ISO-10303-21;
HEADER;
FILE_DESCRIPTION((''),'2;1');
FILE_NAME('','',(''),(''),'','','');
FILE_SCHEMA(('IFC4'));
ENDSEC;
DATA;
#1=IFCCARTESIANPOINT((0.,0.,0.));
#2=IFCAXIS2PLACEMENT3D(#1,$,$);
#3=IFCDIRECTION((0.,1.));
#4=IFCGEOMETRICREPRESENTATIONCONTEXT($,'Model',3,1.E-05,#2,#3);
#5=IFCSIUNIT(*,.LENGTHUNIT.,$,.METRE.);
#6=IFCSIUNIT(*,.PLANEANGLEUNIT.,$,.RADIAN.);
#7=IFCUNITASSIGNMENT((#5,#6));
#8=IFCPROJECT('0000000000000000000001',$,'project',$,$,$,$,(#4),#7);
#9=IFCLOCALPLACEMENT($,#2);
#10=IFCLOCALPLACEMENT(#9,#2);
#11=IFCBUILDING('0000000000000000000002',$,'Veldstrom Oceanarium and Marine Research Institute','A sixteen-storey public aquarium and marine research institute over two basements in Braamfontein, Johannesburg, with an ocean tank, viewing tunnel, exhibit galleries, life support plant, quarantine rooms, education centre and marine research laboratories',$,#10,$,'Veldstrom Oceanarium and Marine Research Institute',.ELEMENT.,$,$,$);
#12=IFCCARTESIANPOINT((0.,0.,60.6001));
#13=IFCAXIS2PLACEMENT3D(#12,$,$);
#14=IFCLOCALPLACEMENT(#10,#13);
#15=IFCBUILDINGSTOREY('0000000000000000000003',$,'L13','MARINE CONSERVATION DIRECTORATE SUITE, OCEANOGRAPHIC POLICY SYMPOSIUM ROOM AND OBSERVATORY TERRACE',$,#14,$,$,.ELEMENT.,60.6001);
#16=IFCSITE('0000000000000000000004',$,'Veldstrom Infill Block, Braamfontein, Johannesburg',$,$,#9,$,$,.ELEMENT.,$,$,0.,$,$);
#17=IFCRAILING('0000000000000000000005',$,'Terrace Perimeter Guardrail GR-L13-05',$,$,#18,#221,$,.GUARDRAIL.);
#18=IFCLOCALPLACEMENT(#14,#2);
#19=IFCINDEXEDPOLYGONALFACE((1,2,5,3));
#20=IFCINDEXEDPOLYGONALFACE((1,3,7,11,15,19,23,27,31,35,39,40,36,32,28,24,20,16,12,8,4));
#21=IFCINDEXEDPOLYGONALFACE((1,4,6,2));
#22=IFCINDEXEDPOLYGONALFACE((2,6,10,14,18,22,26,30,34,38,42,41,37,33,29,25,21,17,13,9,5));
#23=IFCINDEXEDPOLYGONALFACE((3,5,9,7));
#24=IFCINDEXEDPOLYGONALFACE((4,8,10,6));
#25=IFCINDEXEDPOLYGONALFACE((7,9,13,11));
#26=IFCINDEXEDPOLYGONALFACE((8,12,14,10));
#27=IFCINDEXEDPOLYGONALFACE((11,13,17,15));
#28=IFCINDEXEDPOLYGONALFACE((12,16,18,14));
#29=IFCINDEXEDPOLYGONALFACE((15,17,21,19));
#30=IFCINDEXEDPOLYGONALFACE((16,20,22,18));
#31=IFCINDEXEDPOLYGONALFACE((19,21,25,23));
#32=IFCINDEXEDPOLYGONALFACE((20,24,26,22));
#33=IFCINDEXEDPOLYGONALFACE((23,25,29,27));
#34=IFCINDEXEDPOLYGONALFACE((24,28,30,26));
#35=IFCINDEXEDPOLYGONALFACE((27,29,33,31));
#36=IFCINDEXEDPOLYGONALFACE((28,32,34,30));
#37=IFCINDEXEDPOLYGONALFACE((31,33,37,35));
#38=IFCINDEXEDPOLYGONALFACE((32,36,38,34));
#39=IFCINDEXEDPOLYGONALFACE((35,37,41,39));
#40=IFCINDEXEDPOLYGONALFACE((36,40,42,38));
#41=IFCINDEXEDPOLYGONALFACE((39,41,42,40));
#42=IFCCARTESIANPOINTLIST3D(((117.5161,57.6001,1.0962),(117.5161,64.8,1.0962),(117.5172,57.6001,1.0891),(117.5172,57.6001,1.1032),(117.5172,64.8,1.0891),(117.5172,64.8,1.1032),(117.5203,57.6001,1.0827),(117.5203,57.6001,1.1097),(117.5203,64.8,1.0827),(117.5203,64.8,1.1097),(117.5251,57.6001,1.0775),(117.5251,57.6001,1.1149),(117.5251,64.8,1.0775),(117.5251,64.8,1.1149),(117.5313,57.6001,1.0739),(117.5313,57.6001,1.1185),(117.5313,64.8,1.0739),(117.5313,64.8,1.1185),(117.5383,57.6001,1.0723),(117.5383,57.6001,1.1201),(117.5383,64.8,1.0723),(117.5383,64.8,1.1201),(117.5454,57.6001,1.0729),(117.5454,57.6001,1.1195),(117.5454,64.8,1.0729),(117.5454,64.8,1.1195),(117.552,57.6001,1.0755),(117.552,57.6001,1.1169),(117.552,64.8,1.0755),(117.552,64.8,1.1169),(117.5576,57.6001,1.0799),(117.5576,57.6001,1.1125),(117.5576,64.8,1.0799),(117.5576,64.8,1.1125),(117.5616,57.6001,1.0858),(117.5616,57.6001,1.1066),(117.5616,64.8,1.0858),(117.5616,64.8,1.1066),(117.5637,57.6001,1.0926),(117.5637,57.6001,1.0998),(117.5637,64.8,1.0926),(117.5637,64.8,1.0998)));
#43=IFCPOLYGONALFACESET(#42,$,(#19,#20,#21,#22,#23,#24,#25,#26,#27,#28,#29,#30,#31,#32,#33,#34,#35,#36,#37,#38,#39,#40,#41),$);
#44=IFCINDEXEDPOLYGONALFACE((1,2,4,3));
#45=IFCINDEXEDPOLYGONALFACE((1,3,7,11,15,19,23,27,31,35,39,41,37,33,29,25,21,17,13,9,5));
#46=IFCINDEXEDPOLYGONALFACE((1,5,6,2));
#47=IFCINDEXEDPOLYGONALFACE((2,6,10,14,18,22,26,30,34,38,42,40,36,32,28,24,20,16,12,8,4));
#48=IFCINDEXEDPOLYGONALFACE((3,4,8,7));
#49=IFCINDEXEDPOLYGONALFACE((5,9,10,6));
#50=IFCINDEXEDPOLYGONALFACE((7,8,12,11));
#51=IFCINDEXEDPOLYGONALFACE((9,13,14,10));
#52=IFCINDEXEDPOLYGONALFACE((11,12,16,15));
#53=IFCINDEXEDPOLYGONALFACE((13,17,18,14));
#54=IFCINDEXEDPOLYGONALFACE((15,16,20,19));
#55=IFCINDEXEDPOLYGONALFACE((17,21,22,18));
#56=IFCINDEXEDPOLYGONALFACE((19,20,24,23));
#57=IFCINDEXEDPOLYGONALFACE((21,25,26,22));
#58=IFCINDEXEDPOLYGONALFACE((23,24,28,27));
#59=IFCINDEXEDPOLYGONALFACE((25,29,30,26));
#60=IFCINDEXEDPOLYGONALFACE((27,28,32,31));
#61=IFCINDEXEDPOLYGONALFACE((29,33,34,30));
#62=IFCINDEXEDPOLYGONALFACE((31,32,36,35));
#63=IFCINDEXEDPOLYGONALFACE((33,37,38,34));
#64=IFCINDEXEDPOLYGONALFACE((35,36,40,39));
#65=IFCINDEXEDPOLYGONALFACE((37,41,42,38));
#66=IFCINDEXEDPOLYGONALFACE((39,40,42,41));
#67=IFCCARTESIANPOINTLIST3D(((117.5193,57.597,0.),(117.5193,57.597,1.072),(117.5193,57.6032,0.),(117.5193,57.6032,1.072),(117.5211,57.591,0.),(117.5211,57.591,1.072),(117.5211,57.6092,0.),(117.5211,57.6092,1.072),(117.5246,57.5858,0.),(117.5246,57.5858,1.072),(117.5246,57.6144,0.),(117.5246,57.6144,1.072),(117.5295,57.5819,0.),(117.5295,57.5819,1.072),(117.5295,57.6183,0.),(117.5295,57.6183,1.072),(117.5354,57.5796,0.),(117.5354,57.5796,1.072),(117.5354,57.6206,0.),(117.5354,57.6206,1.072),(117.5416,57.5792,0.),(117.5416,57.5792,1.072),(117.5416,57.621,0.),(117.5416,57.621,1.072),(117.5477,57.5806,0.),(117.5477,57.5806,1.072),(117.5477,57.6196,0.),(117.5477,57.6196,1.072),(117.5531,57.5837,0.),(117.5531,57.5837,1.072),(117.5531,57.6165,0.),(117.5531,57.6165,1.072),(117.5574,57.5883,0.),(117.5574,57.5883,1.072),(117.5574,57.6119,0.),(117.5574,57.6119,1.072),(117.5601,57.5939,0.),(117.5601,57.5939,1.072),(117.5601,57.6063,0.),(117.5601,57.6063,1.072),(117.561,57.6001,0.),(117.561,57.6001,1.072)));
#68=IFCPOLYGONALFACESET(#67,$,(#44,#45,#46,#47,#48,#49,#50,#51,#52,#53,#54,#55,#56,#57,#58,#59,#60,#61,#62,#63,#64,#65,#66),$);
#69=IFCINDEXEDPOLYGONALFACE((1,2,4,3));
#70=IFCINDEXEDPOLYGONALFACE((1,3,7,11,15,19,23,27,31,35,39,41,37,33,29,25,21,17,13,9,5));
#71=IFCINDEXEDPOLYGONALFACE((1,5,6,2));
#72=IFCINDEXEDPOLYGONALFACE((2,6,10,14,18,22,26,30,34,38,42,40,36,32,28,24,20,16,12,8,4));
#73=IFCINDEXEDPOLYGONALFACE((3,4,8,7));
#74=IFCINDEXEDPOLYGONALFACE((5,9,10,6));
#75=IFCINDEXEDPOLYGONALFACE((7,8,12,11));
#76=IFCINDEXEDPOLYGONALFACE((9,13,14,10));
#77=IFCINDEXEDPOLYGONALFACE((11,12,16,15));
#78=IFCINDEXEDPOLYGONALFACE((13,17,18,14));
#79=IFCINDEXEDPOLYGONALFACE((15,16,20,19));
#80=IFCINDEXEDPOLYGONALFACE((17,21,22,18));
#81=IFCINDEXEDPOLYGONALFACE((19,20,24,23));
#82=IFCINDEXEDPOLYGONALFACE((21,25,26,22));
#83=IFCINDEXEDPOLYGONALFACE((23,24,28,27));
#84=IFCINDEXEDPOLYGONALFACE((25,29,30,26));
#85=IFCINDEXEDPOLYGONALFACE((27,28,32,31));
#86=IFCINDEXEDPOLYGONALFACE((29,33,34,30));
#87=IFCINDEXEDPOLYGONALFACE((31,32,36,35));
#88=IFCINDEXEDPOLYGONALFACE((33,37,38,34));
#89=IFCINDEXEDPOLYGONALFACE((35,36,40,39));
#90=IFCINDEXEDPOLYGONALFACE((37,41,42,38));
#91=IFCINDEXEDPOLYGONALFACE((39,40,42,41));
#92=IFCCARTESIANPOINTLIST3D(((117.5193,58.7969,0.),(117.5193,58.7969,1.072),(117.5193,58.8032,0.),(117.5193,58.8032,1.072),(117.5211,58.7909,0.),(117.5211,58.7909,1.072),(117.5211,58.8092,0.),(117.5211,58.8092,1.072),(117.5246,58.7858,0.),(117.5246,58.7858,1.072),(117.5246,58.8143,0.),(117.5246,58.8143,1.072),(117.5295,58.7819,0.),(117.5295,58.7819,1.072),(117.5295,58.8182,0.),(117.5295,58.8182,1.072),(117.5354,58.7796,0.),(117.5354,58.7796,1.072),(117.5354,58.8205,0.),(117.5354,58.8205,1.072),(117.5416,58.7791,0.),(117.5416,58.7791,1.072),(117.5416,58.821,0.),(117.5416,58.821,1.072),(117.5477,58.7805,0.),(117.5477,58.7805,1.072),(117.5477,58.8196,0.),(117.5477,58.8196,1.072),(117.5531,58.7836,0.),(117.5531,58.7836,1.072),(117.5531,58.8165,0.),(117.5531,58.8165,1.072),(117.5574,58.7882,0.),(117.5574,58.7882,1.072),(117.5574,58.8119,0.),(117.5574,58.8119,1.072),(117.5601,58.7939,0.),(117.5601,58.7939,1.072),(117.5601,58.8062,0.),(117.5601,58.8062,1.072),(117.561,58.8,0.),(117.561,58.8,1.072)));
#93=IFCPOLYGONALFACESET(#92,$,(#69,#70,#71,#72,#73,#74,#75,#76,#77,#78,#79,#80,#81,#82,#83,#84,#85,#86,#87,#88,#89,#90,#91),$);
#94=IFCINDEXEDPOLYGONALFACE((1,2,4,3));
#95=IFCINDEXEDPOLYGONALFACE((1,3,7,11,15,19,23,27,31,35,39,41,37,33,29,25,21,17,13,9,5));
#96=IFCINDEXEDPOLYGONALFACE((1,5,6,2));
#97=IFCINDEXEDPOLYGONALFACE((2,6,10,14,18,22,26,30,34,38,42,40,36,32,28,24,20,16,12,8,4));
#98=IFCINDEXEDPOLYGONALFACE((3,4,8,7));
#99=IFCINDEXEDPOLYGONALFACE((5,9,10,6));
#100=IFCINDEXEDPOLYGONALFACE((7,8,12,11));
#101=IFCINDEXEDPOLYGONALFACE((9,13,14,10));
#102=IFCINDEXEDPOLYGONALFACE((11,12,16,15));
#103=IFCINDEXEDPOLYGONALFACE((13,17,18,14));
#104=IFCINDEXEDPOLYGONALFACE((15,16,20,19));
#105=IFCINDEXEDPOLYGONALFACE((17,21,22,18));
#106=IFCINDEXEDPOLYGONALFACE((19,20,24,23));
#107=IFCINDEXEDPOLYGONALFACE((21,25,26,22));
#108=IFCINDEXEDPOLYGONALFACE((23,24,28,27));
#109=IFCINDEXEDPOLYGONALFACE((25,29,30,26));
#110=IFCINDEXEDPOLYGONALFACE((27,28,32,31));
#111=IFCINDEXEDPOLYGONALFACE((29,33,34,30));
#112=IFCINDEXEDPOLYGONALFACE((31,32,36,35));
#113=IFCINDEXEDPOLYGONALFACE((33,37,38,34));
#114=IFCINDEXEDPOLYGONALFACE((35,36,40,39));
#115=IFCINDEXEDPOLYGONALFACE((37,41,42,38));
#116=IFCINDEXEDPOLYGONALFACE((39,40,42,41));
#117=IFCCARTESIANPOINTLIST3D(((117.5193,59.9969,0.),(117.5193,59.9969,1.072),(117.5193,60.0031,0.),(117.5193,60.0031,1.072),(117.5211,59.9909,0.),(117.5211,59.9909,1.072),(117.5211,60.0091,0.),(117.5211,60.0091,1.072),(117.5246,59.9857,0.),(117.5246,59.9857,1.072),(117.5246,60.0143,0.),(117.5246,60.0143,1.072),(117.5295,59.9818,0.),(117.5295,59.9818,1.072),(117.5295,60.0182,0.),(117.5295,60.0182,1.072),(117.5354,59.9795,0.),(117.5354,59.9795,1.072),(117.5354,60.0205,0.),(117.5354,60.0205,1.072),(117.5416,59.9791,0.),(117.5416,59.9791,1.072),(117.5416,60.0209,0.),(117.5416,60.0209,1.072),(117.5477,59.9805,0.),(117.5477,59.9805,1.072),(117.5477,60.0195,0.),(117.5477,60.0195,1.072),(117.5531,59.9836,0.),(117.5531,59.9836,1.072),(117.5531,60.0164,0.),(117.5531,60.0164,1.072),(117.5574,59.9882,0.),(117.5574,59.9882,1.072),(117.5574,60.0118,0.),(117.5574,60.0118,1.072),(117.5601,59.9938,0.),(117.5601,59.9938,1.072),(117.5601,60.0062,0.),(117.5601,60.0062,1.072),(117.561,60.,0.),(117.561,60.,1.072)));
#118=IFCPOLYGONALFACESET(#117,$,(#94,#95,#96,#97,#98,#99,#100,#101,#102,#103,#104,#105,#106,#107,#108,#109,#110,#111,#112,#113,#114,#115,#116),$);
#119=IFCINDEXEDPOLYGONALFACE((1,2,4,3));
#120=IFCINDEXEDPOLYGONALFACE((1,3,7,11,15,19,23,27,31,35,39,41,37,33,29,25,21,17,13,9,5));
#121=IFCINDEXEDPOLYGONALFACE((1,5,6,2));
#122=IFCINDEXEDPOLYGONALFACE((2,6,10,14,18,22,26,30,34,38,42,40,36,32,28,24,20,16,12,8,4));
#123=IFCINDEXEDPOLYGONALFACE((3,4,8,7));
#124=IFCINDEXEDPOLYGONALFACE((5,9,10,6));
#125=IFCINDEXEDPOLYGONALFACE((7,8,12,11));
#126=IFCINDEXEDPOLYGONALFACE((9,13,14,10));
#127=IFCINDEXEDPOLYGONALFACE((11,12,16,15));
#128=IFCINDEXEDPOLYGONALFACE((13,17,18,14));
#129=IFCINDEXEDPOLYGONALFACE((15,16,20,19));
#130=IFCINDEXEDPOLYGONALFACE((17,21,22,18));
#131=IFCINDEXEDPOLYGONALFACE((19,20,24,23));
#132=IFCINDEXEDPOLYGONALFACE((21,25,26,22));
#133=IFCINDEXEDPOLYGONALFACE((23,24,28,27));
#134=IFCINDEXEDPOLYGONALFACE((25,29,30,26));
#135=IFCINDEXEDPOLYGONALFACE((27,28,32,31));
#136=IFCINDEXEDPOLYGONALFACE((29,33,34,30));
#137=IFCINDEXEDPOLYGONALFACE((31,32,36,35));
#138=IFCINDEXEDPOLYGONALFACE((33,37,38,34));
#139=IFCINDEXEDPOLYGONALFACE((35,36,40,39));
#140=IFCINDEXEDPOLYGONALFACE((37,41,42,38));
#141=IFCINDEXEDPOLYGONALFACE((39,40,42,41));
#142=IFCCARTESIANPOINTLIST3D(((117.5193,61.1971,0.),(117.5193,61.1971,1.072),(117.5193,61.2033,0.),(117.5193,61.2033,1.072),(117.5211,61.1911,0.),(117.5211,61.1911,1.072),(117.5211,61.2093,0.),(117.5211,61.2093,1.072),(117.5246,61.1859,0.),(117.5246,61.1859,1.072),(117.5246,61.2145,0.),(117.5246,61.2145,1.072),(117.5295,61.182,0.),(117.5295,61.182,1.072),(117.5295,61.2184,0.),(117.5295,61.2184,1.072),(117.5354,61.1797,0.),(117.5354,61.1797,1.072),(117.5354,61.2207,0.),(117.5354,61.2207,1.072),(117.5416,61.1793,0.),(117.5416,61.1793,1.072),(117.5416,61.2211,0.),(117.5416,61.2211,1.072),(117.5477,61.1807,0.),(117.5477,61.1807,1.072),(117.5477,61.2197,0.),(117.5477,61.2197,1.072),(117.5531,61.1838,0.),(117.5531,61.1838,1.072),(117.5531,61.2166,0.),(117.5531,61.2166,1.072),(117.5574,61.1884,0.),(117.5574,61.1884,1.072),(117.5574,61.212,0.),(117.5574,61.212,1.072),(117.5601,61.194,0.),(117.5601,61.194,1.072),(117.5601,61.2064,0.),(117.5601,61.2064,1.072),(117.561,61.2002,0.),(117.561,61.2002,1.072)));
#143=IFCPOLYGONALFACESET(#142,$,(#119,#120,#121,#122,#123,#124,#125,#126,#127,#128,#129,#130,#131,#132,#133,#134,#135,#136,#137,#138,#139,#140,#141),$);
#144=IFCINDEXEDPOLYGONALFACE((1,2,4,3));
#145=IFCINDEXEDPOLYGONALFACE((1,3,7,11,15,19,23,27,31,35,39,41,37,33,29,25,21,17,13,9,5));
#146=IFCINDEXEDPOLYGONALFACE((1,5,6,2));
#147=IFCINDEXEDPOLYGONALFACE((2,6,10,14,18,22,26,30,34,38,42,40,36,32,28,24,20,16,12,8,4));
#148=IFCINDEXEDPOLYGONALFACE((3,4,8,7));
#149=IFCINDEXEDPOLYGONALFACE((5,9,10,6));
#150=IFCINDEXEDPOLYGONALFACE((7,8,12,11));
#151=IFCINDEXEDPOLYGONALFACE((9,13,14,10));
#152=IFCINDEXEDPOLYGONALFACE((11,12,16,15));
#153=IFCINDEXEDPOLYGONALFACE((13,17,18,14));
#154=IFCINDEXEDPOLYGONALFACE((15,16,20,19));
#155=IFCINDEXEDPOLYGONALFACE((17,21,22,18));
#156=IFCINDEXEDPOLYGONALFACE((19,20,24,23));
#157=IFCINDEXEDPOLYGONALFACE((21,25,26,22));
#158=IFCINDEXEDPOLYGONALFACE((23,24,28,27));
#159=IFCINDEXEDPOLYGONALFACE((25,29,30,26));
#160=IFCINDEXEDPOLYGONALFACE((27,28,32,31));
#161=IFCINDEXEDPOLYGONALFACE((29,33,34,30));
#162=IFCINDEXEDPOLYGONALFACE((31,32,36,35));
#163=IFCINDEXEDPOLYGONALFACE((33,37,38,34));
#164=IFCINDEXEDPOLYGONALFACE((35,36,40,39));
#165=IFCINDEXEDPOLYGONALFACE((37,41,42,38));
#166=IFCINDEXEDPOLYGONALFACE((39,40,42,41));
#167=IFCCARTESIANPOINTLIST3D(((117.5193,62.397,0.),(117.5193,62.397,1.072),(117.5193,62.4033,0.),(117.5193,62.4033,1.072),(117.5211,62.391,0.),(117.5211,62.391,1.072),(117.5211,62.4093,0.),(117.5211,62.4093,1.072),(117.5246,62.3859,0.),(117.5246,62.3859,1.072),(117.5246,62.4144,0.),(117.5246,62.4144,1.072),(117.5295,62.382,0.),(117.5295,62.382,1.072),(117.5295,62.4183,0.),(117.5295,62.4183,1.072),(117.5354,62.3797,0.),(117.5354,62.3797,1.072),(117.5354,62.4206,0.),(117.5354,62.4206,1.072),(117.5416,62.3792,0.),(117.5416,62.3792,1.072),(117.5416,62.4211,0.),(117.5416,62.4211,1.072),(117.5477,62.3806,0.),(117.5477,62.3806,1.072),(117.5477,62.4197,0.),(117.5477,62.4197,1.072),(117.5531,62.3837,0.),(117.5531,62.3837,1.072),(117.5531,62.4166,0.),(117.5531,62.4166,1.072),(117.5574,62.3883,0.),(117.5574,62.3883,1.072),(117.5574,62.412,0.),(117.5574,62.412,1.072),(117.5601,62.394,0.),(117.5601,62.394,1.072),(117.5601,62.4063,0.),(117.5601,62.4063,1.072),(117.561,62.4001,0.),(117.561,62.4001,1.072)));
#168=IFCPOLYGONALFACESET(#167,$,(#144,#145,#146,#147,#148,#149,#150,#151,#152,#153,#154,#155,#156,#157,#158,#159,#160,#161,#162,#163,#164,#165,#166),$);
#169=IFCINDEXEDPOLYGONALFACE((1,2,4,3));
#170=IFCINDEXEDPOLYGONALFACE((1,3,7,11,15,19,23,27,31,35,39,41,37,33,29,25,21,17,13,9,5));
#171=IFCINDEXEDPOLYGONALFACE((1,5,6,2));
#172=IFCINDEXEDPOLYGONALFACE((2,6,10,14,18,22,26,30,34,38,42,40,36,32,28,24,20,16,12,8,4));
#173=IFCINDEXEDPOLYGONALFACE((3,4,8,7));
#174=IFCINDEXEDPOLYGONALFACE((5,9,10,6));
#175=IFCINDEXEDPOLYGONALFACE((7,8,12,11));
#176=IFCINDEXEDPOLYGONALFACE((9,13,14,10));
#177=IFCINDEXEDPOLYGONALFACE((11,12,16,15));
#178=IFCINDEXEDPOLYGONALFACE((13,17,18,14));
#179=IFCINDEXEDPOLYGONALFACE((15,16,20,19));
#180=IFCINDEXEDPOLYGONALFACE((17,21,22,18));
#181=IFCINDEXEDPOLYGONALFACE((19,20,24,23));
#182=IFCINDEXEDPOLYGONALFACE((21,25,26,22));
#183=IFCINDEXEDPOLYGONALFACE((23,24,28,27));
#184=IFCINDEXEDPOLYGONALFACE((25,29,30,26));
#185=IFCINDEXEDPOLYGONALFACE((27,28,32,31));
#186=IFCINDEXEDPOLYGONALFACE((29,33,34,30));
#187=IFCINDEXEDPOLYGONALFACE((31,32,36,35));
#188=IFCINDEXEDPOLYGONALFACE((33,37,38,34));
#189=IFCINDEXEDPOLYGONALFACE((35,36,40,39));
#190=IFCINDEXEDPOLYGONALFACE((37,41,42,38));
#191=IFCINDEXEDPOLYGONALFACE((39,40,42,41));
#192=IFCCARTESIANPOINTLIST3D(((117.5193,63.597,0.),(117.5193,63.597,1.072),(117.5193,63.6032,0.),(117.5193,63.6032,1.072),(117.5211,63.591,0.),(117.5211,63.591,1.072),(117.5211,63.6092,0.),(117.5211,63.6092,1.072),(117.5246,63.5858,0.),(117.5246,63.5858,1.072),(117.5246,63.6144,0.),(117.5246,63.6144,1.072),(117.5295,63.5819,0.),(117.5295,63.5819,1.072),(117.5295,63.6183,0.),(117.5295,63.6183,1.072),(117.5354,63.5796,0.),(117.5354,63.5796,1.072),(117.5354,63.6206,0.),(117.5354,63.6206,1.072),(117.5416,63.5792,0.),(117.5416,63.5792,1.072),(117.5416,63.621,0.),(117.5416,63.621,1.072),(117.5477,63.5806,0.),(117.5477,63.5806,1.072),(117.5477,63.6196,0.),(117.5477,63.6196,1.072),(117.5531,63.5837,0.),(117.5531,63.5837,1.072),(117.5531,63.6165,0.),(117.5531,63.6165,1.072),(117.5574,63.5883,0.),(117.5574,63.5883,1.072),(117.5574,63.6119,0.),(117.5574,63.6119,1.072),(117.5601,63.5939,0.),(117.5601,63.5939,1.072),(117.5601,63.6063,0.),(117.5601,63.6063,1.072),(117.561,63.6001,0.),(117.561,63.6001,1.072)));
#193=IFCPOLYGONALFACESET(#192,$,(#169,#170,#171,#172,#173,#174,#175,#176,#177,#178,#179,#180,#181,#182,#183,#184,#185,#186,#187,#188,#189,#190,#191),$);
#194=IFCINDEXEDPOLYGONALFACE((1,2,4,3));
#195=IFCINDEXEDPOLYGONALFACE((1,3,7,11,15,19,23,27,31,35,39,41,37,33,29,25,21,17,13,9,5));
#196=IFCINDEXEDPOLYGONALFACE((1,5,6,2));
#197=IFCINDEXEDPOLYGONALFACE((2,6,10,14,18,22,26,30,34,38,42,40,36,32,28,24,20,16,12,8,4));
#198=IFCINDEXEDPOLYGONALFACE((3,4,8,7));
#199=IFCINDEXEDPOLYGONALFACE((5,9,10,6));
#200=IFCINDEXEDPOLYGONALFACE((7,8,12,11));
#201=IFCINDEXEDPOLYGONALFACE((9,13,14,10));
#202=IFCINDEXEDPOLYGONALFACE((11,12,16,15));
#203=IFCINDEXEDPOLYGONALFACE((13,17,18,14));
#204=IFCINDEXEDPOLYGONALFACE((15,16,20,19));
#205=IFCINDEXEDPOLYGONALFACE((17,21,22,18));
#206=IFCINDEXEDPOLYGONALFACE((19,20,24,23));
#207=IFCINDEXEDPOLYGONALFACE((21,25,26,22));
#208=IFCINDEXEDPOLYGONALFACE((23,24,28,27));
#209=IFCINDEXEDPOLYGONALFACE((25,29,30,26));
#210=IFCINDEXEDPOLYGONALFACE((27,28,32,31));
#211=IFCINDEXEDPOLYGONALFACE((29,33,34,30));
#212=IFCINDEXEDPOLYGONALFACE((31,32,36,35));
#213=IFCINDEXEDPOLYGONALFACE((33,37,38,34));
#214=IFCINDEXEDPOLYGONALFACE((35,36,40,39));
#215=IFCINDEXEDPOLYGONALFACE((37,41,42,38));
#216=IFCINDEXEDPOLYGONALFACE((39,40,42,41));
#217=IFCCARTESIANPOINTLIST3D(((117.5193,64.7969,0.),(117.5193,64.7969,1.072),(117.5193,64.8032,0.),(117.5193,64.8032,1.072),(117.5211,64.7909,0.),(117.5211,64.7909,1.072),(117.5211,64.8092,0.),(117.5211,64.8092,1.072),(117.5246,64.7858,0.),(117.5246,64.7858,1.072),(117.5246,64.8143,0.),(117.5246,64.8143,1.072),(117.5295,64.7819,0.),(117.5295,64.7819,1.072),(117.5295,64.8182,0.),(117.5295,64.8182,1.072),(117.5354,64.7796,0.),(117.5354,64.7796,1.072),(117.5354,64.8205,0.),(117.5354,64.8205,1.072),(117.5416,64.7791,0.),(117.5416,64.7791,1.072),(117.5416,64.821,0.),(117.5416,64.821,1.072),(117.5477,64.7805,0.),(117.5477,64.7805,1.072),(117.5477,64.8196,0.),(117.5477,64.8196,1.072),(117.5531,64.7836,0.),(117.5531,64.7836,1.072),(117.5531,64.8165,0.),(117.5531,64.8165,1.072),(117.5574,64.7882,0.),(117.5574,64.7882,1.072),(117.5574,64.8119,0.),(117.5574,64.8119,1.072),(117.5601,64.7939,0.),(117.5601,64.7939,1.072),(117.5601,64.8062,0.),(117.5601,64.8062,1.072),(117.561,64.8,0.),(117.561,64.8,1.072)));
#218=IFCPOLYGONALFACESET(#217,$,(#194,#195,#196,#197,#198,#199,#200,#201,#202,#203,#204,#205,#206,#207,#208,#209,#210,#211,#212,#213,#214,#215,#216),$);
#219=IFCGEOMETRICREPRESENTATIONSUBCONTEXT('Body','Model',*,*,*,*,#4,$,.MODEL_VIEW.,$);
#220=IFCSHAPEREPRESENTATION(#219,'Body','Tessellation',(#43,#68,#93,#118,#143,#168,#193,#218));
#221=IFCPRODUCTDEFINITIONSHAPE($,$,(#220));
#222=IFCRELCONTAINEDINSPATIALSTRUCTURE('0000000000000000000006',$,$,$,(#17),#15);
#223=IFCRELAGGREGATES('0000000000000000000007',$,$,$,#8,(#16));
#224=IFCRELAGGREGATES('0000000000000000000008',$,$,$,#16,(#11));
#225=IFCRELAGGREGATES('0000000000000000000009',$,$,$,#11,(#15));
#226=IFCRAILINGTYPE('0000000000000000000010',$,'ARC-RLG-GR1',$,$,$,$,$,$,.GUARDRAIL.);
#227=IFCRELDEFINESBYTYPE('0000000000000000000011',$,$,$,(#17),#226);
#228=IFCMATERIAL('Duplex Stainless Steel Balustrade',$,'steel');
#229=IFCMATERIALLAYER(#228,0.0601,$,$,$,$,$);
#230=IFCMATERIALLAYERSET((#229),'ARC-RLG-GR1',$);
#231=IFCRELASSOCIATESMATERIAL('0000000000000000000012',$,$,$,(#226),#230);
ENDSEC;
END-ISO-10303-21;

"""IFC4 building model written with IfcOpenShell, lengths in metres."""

from ifc_helpers import new_model, si_unit, direction, frame, origin, origin_2d, place, context, subcontext, project, spatial, circle, extrude, material, layer, layer_set, type_object, element, save


model = new_model("IFC4")

# Units and contexts
model_context = context("Model", 3, precision=1e-05, world=origin(), true_north=direction((0.0, 1.0)))
body_context = subcontext(model_context, "Body", "Model", "MODEL_VIEW")
ifc_project = project(units=[si_unit("LENGTHUNIT", "METRE"), si_unit("PLANEANGLEUNIT", "RADIAN")], contexts=[model_context])

# Site, building, storey
site_placement = place(None, origin())
site = spatial("IfcSite", under=ifc_project, at=site_placement, Name="Veldstrom Infill Block, Braamfontein, Johannesburg", CompositionType="ELEMENT", RefElevation=0.0)
building_placement = place(site_placement, origin())
building = spatial("IfcBuilding", under=site, at=building_placement, Name="Veldstrom Oceanarium and Marine Research Institute", Description="A sixteen-storey public aquarium and marine research institute over two basements in Braamfontein, Johannesburg, with an ocean tank, viewing tunnel, exhibit galleries, life support plant, quarantine rooms, education centre and marine research laboratories", LongName="Veldstrom Oceanarium and Marine Research Institute", CompositionType="ELEMENT")
storey_placement = place(building_placement, frame((0.0, 0.0, 60.6001)))
storey = spatial("IfcBuildingStorey", under=building, at=storey_placement, Name="L13", Description="MARINE CONSERVATION DIRECTORATE SUITE, OCEANOGRAPHIC POLICY SYMPOSIUM ROOM AND OBSERVATORY TERRACE", CompositionType="ELEMENT", Elevation=60.6001)

# Railing
ifc_material_1 = material(Name="Duplex Stainless Steel Balustrade", Category="steel")
ifc_layer_1 = layer(ifc_material_1, 0.0601)
ifc_layer_set_1 = layer_set([ifc_layer_1], Name="ARC-RLG-GR1")
railing_type = type_object("IfcRailingType", Name="ARC-RLG-GR1", PredefinedType="GUARDRAIL", material=ifc_layer_set_1)
railing_1_placement = place(storey_placement, frame((117.54, 57.6001, 0.0)))
element("IfcRailing", 1, at=railing_1_placement, inside=storey, type_object=railing_type, Name="Terrace Perimeter Guardrail GR-L13-05", PredefinedType="GUARDRAIL", context=body_context, shape_type="SweptSolid", body=[
    extrude(circle(Radius=0.0239, at=origin_2d()), frame((0.0, 0.0, 1.0962), z_axis=(0.0, 1.0, 0.0), x_axis=(-1.0, 0.0, 0.0)), (0.0, 0.0, 1.0), 7.2),
    extrude(circle(Radius=0.021, at=origin_2d()), origin(), (0.0, 0.0, 1.0), 1.072),
    extrude(circle(Radius=0.021, at=origin_2d()), frame((0.0, 1.2, 0.0)), (0.0, 0.0, 1.0), 1.072),
    extrude(circle(Radius=0.021, at=origin_2d()), frame((0.0, 2.3999, 0.0)), (0.0, 0.0, 1.0), 1.072),
    extrude(circle(Radius=0.021, at=origin_2d()), frame((0.0, 3.6001, 0.0)), (0.0, 0.0, 1.0), 1.072),
    extrude(circle(Radius=0.021, at=origin_2d()), frame((0.0, 4.8, 0.0)), (0.0, 0.0, 1.0), 1.072),
    extrude(circle(Radius=0.021, at=origin_2d()), frame((0.0, 6.0, 0.0)), (0.0, 0.0, 1.0), 1.072),
    extrude(circle(Radius=0.021, at=origin_2d()), frame((0.0, 7.2, 0.0)), (0.0, 0.0, 1.0), 1.072),
])

save(model, "model.ifc")
